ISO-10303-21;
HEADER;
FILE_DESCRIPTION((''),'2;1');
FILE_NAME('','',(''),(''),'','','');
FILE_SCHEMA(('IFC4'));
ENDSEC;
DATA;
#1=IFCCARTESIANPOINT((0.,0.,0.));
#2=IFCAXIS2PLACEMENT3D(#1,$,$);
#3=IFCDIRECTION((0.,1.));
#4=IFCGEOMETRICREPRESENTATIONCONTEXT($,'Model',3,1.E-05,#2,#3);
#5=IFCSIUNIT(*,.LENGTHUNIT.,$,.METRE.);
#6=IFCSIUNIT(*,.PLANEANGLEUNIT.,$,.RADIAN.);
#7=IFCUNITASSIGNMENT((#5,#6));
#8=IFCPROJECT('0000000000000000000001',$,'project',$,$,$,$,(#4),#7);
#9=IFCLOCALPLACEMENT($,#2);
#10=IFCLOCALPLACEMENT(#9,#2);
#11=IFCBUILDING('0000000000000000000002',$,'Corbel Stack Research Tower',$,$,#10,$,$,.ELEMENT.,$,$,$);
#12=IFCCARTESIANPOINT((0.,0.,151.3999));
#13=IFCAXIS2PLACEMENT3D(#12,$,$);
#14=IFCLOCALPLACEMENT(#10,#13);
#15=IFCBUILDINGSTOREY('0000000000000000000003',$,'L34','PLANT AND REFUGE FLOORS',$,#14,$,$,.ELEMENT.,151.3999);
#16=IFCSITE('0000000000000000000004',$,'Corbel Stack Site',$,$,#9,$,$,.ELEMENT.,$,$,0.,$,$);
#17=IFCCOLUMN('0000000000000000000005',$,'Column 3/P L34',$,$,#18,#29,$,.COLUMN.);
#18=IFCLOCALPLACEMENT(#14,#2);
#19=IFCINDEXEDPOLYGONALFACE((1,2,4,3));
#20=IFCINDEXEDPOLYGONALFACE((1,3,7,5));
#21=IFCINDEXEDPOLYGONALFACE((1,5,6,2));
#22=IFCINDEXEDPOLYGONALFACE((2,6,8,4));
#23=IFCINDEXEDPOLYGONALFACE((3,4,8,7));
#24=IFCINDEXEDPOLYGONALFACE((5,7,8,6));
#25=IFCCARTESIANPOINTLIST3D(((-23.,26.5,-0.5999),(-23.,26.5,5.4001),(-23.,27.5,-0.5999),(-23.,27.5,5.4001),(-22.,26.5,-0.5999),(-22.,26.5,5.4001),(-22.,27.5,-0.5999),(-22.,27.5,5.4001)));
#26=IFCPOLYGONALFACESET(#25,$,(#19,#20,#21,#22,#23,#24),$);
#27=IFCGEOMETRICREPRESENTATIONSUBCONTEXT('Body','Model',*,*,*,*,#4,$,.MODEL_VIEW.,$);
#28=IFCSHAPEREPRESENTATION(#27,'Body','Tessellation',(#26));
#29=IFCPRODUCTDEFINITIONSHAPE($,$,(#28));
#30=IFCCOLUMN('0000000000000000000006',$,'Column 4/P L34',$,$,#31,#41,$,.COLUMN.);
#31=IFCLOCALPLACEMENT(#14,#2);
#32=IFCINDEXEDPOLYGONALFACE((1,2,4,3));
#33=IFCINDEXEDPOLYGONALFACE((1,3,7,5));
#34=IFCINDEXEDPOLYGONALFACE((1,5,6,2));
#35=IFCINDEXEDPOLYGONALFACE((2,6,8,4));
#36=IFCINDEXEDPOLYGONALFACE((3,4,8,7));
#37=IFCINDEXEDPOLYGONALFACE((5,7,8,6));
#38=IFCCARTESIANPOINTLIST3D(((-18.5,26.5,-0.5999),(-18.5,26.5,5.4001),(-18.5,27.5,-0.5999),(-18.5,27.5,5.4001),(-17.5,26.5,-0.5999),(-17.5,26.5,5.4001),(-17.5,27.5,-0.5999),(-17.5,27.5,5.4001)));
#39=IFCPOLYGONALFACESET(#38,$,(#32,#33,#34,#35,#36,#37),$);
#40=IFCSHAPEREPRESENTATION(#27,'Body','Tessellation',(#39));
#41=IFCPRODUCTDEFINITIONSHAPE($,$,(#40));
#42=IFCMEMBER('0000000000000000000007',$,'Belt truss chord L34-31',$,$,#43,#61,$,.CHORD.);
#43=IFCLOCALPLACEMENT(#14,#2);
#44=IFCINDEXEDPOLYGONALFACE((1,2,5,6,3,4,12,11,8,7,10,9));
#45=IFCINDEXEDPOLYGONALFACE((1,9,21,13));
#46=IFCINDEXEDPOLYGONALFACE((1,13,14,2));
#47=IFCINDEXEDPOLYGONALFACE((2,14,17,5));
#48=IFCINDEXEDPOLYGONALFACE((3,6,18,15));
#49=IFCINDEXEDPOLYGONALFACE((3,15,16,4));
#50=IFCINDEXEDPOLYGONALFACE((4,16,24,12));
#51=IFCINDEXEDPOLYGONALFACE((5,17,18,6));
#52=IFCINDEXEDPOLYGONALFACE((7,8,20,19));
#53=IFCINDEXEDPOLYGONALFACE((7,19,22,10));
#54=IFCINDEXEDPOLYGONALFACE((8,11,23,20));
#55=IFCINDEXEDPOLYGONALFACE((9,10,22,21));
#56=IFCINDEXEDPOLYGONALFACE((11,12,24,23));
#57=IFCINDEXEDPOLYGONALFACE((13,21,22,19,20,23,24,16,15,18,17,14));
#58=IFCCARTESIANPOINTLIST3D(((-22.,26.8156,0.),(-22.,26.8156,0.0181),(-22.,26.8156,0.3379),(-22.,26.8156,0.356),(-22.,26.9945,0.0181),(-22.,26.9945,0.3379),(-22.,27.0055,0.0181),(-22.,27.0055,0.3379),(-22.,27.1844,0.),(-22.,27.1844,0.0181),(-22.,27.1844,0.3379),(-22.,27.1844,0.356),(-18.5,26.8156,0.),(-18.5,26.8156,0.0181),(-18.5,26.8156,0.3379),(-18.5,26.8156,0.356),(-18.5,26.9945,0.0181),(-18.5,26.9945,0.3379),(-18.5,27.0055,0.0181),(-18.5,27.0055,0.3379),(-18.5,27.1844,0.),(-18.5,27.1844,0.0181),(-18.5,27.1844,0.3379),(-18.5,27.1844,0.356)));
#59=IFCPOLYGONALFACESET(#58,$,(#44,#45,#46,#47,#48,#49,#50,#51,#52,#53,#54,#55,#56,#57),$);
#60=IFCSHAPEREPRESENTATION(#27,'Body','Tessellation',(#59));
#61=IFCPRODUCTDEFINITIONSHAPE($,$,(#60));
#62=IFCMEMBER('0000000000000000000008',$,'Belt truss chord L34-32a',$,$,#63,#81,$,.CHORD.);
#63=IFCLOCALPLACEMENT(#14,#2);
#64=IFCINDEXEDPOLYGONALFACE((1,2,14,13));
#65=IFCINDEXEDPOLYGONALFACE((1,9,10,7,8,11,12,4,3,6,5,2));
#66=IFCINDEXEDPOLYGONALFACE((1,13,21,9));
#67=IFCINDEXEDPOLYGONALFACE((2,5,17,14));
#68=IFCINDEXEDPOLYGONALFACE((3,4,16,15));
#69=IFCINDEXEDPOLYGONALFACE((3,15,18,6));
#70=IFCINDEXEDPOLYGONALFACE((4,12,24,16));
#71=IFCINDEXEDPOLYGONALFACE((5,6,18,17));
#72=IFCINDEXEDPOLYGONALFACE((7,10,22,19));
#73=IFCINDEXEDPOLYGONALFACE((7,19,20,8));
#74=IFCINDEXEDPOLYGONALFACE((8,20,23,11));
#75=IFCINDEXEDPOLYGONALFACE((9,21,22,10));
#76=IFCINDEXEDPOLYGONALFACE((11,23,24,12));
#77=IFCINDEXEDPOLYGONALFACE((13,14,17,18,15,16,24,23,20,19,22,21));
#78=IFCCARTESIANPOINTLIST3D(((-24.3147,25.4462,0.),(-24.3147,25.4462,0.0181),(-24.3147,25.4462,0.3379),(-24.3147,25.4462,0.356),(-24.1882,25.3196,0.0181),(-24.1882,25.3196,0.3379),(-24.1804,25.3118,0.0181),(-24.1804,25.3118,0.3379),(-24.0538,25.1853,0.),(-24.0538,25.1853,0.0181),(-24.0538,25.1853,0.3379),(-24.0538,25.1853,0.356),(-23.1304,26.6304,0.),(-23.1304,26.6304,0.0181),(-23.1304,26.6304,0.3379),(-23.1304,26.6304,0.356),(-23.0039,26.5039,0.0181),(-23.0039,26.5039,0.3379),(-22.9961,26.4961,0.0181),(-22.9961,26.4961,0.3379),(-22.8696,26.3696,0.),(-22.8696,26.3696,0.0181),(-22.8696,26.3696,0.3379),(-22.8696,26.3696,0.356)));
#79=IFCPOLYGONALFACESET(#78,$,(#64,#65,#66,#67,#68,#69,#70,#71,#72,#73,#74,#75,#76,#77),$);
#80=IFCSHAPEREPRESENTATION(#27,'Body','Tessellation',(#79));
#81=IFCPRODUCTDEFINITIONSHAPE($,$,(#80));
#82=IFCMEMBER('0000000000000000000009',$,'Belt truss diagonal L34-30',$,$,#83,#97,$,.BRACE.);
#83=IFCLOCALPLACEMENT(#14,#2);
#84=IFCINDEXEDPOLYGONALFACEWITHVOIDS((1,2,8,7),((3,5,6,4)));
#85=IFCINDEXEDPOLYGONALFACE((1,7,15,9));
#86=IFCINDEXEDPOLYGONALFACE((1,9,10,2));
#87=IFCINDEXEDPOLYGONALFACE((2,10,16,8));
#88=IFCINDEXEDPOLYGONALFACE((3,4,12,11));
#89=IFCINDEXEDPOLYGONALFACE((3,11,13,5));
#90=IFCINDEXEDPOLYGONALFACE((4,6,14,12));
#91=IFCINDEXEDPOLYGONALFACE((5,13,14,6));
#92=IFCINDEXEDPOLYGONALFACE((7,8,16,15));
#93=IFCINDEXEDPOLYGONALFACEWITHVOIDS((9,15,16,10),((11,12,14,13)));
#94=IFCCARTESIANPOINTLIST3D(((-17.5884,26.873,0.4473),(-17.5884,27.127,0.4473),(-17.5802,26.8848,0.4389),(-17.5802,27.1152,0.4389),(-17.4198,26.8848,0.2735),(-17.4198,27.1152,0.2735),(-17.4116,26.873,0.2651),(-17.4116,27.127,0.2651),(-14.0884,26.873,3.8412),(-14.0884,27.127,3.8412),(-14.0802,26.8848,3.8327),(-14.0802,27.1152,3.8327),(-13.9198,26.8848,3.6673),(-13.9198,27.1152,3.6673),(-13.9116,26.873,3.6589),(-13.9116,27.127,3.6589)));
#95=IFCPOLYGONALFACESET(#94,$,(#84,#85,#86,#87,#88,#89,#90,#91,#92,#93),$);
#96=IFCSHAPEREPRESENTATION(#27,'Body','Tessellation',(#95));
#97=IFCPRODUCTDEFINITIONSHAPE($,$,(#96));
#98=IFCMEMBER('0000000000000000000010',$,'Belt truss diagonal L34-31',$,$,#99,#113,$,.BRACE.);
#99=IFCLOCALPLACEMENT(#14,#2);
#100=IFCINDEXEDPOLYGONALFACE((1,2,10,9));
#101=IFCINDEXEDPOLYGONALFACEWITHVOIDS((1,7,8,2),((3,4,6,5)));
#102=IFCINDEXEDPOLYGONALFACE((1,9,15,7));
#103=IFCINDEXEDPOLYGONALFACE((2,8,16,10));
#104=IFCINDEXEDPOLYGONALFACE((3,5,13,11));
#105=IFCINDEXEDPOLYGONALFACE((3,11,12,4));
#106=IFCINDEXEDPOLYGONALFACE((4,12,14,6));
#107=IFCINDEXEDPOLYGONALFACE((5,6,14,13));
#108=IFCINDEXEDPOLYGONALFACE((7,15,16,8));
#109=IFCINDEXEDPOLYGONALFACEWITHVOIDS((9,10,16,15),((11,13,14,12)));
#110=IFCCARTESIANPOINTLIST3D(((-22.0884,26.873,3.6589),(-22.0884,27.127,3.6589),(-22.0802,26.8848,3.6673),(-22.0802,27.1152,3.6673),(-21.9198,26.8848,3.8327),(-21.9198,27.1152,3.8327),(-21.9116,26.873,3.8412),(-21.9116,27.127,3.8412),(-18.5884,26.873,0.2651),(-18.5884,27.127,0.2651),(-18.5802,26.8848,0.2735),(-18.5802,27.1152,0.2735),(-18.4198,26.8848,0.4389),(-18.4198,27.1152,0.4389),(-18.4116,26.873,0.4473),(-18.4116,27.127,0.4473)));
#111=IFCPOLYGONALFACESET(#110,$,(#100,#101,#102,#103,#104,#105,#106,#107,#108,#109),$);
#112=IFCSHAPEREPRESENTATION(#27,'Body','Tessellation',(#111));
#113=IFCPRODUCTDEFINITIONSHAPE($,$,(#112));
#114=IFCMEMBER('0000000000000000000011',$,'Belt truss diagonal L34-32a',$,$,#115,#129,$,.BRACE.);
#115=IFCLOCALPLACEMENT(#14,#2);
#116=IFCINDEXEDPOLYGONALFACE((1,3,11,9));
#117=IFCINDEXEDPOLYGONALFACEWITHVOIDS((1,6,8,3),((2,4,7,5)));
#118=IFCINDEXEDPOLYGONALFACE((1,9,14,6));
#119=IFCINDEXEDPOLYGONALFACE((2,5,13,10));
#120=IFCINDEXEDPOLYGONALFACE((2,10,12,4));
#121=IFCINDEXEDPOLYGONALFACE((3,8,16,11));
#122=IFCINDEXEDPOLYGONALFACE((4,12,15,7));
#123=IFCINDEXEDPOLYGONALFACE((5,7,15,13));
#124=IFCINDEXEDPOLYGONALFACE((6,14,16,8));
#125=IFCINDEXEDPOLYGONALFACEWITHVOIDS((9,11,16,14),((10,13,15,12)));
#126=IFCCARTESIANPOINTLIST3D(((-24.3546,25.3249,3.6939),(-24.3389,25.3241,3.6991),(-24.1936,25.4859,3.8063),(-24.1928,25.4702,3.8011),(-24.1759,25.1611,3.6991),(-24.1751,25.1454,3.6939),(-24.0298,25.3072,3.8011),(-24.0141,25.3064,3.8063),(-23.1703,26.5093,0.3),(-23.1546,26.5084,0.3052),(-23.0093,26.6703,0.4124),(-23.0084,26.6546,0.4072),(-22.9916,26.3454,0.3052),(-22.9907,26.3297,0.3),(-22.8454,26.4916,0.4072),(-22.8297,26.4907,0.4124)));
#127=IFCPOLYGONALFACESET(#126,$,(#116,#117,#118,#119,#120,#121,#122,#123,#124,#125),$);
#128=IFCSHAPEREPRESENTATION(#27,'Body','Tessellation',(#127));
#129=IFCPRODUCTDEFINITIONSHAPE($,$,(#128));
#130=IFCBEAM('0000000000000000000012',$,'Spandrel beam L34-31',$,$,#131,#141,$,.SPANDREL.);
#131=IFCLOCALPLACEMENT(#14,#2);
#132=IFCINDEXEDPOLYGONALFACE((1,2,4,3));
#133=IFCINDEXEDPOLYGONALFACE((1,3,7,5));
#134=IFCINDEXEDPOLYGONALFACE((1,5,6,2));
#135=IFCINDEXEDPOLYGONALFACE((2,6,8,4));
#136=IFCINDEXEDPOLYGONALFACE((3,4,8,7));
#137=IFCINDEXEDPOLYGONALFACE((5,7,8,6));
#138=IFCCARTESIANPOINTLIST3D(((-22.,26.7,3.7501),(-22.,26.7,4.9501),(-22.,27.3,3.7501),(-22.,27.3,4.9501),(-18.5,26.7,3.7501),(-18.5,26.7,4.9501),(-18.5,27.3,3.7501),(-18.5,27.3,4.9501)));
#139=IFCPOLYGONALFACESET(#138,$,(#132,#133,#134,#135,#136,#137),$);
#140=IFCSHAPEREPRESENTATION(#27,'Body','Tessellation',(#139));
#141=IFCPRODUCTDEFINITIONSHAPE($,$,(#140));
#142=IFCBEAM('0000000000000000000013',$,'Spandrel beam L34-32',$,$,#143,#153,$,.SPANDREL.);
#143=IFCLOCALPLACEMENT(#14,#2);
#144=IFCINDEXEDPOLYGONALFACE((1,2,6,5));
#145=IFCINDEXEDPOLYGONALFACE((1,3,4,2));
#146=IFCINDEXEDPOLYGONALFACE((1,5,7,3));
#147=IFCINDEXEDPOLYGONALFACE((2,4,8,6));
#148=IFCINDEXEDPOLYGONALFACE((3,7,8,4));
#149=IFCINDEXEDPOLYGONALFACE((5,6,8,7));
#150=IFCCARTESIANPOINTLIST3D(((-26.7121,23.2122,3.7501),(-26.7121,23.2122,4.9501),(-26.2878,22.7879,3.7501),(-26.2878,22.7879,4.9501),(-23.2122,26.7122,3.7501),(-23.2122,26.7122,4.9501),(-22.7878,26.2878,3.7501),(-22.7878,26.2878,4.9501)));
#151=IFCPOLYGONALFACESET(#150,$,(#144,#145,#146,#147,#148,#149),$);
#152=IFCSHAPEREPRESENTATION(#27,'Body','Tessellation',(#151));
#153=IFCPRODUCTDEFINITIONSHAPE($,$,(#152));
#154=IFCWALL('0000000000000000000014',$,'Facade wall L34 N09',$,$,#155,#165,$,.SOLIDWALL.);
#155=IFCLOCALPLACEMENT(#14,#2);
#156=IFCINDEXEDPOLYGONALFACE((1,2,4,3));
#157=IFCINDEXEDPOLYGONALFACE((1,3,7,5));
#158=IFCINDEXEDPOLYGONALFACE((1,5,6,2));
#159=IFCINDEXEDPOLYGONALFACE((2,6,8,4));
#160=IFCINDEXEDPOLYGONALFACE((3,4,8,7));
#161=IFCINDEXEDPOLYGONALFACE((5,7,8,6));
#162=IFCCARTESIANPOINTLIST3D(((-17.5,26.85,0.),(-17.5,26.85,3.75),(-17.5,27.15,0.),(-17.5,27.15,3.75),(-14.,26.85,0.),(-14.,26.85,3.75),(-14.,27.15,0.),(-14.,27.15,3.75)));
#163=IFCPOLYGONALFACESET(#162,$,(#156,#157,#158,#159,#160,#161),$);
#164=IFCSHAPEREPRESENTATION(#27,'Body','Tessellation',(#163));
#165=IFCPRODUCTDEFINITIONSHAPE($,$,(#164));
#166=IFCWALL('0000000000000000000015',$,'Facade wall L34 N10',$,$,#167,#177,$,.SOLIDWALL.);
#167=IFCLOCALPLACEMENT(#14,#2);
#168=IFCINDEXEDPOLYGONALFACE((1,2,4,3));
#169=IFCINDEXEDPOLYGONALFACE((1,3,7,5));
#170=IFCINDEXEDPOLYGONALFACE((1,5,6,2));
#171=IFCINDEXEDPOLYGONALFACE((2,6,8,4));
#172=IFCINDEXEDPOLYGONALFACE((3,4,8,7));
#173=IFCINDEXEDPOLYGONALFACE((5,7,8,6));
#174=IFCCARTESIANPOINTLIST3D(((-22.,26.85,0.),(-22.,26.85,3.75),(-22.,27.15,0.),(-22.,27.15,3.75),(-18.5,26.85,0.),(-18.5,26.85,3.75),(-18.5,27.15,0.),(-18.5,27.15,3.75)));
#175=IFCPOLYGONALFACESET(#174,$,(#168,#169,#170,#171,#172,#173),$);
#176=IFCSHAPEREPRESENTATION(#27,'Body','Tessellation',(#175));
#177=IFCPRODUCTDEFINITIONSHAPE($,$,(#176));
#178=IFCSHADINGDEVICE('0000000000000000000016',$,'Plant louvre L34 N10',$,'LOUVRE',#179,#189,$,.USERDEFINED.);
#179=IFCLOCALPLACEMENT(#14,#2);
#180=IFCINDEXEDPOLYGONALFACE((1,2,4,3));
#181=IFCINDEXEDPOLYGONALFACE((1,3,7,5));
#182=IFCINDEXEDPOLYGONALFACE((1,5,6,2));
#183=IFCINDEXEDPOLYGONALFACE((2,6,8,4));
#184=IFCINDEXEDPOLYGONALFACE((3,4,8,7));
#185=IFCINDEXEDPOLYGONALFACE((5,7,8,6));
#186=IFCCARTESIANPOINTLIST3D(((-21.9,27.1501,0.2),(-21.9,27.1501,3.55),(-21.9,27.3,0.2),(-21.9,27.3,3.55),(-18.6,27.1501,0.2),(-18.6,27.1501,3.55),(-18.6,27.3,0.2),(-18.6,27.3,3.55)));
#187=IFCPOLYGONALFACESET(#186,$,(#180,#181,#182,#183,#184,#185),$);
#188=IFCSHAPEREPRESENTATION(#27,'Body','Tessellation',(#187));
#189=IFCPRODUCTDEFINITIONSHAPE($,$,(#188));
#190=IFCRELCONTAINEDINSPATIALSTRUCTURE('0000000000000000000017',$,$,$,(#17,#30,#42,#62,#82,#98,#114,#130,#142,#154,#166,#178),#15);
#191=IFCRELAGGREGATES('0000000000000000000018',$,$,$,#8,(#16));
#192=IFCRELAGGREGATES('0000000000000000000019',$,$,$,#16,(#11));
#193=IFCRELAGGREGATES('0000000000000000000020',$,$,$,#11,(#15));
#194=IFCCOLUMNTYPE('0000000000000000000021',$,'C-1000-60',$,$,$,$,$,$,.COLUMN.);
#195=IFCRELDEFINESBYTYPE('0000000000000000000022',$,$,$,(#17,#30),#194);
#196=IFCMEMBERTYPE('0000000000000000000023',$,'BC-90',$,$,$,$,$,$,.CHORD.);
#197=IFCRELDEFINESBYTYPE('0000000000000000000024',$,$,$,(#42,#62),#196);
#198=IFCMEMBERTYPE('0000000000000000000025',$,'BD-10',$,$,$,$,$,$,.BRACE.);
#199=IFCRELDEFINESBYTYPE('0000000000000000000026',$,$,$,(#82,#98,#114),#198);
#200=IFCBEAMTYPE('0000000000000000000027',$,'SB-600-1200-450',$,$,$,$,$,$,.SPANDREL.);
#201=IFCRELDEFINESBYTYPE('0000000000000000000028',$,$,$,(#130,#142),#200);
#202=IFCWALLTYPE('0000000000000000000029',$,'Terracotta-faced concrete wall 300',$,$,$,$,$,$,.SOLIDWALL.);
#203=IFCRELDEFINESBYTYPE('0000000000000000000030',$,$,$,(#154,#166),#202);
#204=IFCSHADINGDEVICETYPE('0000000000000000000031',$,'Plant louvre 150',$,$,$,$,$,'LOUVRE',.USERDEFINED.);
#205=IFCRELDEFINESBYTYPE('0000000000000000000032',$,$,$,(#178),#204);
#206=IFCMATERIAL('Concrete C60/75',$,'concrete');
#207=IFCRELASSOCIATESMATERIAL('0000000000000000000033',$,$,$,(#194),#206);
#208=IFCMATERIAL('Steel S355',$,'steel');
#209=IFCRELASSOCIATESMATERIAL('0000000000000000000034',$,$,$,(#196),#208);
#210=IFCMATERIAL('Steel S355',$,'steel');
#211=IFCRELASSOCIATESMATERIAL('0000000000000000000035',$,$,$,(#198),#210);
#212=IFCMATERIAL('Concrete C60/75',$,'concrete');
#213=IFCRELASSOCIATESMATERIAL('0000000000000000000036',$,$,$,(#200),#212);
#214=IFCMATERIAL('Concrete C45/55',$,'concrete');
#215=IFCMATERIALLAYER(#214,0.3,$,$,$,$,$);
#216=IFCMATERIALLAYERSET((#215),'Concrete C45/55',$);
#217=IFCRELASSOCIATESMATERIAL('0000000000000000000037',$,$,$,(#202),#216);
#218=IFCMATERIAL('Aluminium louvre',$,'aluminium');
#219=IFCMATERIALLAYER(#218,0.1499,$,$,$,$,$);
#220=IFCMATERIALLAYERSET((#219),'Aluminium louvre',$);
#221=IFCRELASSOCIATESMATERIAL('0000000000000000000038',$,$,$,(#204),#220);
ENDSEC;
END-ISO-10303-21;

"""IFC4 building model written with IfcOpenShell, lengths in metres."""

from ifc_helpers import new_model, si_unit, direction, frame, frame_2d, origin, origin_2d, place, context, subcontext, project, spatial, rectangle, hollow_rectangle, i_section, extrude, material, layer, layer_set, material_profile, profile_set, type_object, element, save


model = new_model("IFC4")

# Units and contexts
model_context = context("Model", 3, precision=1e-05, world=origin(), true_north=direction((0.0, 1.0)))
body_context = subcontext(model_context, "Body", "Model", "MODEL_VIEW")
ifc_project = project(units=[si_unit("LENGTHUNIT", "METRE"), si_unit("PLANEANGLEUNIT", "RADIAN")], contexts=[model_context])

# Site, building, storey
site_placement = place(None, origin())
site = spatial("IfcSite", under=ifc_project, at=site_placement, Name="Corbel Stack Site", CompositionType="ELEMENT", RefElevation=0.0)
building_placement = place(site_placement, origin())
building = spatial("IfcBuilding", under=site, at=building_placement, Name="Corbel Stack Research Tower", CompositionType="ELEMENT")
storey_placement = place(building_placement, frame((0.0, 0.0, 151.3999)))
storey = spatial("IfcBuildingStorey", under=building, at=storey_placement, Name="L34", Description="PLANT AND REFUGE FLOORS", CompositionType="ELEMENT", Elevation=151.3999)

# Columns
ifc_material_1 = material(Name="Concrete C60/75", Category="concrete")
ifc_material_profile_1 = material_profile(ifc_material_1, rectangle(XDim=1.0, YDim=1.0, at=origin_2d()), Name="RC 1000 x 1000")
ifc_profile_set_1 = profile_set([ifc_material_profile_1], Name="Concrete C60/75")
column_type = type_object("IfcColumnType", Name="C-1000-60", PredefinedType="COLUMN", material=ifc_profile_set_1)
for number, where, z_axis, x_axis, name in (
    (1, (-22.5, 27.0, -0.5999), (0.0, 0.0, 1.0), (1.0, 0.0, 0.0), "Column 3/P L34"),
    (2, (-18.0, 27.0, -0.5999), (0.0, 0.0, 1.0), (1.0, 0.0, 0.0), "Column 4/P L34"),
):
    element("IfcColumn", number, at=place(storey_placement, frame(where, z_axis=z_axis, x_axis=x_axis)), inside=storey, type_object=column_type, Name=name, PredefinedType="COLUMN", context=body_context, shape_type="SweptSolid", body=[
        extrude(rectangle(XDim=1.0, YDim=1.0, at=origin_2d()), origin(), (0.0, 0.0, 1.0), 6.0),
    ])

# Members
ifc_material_2 = material(Name="Steel S355", Category="steel")
ifc_material_profile_2 = material_profile(ifc_material_2, i_section(OverallWidth=0.3689, OverallDepth=0.356, WebThickness=0.011, FlangeThickness=0.0181, at=origin_2d()), Name="W14x90")
ifc_profile_set_2 = profile_set([ifc_material_profile_2], Name="Steel S355")
member_type_1 = type_object("IfcMemberType", Name="BC-90", PredefinedType="CHORD", material=ifc_profile_set_2)
member_1_placement = place(storey_placement, frame((-18.5, 27.0, 0.178), z_axis=(-1.0, 0.0, 0.0), x_axis=(0.0, -1.0, 0.0)))
element("IfcMember", 3, at=member_1_placement, inside=storey, type_object=member_type_1, Name="Belt truss chord L34-31", PredefinedType="CHORD", context=body_context, shape_type="SweptSolid", body=[
    extrude(i_section(OverallWidth=0.3689, OverallDepth=0.356, WebThickness=0.011, FlangeThickness=0.0181, at=origin_2d()), origin(), (0.0, 0.0, 1.0), 3.5),
])
member_2_placement = place(storey_placement, frame((-23.0, 26.5, 0.178), z_axis=(-0.707107, -0.707107, 0.0), x_axis=(0.707107, -0.707107, 0.0)))
element("IfcMember", 4, at=member_2_placement, inside=storey, type_object=member_type_1, Name="Belt truss chord L34-32a", PredefinedType="CHORD", context=body_context, shape_type="SweptSolid", body=[
    extrude(i_section(OverallWidth=0.3689, OverallDepth=0.356, WebThickness=0.011, FlangeThickness=0.0181, at=origin_2d()), origin(), (0.0, 0.0, 1.0), 1.6748),
])
ifc_material_3 = material(Name="Steel S355", Category="steel")
ifc_material_profile_3 = material_profile(ifc_material_3, hollow_rectangle(XDim=0.2539, YDim=0.2539, WallThickness=0.0117, at=origin_2d()), Name="HSS10x10x1/2")
ifc_profile_set_3 = profile_set([ifc_material_profile_3], Name="Steel S355")
member_type_2 = type_object("IfcMemberType", Name="BD-10", PredefinedType="BRACE", material=ifc_profile_set_3)
for number, where, z_axis, x_axis, name in (
    (5, (-17.5, 27.0, 0.3562), (0.717915, 0.0, 0.696131), (0.0, 1.0, 0.0), "Belt truss diagonal L34-30"),
    (6, (-18.5, 27.0, 0.3562), (-0.717915, 0.0, 0.696131), (0.0, -1.0, 0.0), "Belt truss diagonal L34-31"),
):
    element("IfcMember", number, at=place(storey_placement, frame(where, z_axis=z_axis, x_axis=x_axis)), inside=storey, type_object=member_type_2, Name=name, PredefinedType="BRACE", context=body_context, shape_type="SweptSolid", body=[
        extrude(hollow_rectangle(XDim=0.2539, YDim=0.2539, WallThickness=0.0117, at=origin_2d()), origin(), (0.0, 0.0, 1.0), 4.8752),
    ])
member_3_placement = place(storey_placement, frame((-23.0, 26.5, 0.3562), z_axis=(-0.312934, -0.312934, 0.896741), x_axis=(0.707107, -0.707107, 0.0)))
element("IfcMember", 7, at=member_3_placement, inside=storey, type_object=member_type_2, Name="Belt truss diagonal L34-32a", PredefinedType="BRACE", context=body_context, shape_type="SweptSolid", body=[
    extrude(hollow_rectangle(XDim=0.2539, YDim=0.2539, WallThickness=0.0117, at=origin_2d()), origin(), (0.0, 0.0, 1.0), 3.7847),
])

# Beams
ifc_material_4 = material(Name="Concrete C60/75", Category="concrete")
ifc_material_profile_4 = material_profile(ifc_material_4, rectangle(XDim=0.6001, YDim=1.2, at=origin_2d()), Name="RC 600 x 1200")
ifc_profile_set_4 = profile_set([ifc_material_profile_4], Name="Concrete C60/75")
beam_type = type_object("IfcBeamType", Name="SB-600-1200-450", PredefinedType="SPANDREL", material=ifc_profile_set_4)
beam_1_placement = place(storey_placement, frame((-18.5, 27.0, 4.3501), z_axis=(-1.0, 0.0, 0.0), x_axis=(0.0, -1.0, 0.0)))
element("IfcBeam", 8, at=beam_1_placement, inside=storey, type_object=beam_type, Name="Spandrel beam L34-31", PredefinedType="SPANDREL", context=body_context, shape_type="SweptSolid", body=[
    extrude(rectangle(XDim=0.6001, YDim=1.2, at=origin_2d()), origin(), (0.0, 0.0, 1.0), 3.5),
])
beam_2_placement = place(storey_placement, frame((-23.0, 26.5, 4.3501), z_axis=(-0.707107, -0.707107, 0.0), x_axis=(0.707107, -0.707107, 0.0)))
element("IfcBeam", 9, at=beam_2_placement, inside=storey, type_object=beam_type, Name="Spandrel beam L34-32", PredefinedType="SPANDREL", context=body_context, shape_type="SweptSolid", body=[
    extrude(rectangle(XDim=0.6001, YDim=1.2, at=origin_2d()), origin(), (0.0, 0.0, 1.0), 4.9497),
])

# Walls
ifc_material_5 = material(Name="Concrete C45/55", Category="concrete")
ifc_layer_1 = layer(ifc_material_5, 0.3)
ifc_layer_set_1 = layer_set([ifc_layer_1], Name="Concrete C45/55")
wall_type = type_object("IfcWallType", Name="Terracotta-faced concrete wall 300", PredefinedType="SOLIDWALL", material=ifc_layer_set_1)
for number, where, z_axis, x_axis, name in (
    (10, (-17.5, 27.0, 0.0), (0.0, 0.0, 1.0), (1.0, 0.0, 0.0), "Facade wall L34 N09"),
    (11, (-22.0, 27.0, 0.0), (0.0, 0.0, 1.0), (1.0, 0.0, 0.0), "Facade wall L34 N10"),
):
    element("IfcWall", number, at=place(storey_placement, frame(where, z_axis=z_axis, x_axis=x_axis)), inside=storey, type_object=wall_type, Name=name, PredefinedType="SOLIDWALL", context=body_context, shape_type="SweptSolid", body=[
        extrude(rectangle(XDim=3.5, YDim=0.3, at=frame_2d((1.75, 0.0))), origin(), (0.0, 0.0, 1.0), 3.75),
    ])

# Shading device
ifc_material_6 = material(Name="Aluminium louvre", Category="aluminium")
ifc_layer_2 = layer(ifc_material_6, 0.1499)
ifc_layer_set_2 = layer_set([ifc_layer_2], Name="Aluminium louvre")
shading_device_type = type_object("IfcShadingDeviceType", Name="Plant louvre 150", ElementType="LOUVRE", PredefinedType="USERDEFINED", material=ifc_layer_set_2)
shading_device_placement = place(storey_placement, frame((-20.25, 27.2251, 0.2), z_axis=(0.0, 0.0, 1.0), x_axis=(-1.0, 0.0, 0.0)))
element("IfcShadingDevice", 12, at=shading_device_placement, inside=storey, type_object=shading_device_type, Name="Plant louvre L34 N10", ObjectType="LOUVRE", PredefinedType="USERDEFINED", context=body_context, shape_type="SweptSolid", body=[
    extrude(rectangle(XDim=3.3, YDim=0.1499, at=origin_2d()), origin(), (0.0, 0.0, 1.0), 3.3501),
])

save(model, "model.ifc")
